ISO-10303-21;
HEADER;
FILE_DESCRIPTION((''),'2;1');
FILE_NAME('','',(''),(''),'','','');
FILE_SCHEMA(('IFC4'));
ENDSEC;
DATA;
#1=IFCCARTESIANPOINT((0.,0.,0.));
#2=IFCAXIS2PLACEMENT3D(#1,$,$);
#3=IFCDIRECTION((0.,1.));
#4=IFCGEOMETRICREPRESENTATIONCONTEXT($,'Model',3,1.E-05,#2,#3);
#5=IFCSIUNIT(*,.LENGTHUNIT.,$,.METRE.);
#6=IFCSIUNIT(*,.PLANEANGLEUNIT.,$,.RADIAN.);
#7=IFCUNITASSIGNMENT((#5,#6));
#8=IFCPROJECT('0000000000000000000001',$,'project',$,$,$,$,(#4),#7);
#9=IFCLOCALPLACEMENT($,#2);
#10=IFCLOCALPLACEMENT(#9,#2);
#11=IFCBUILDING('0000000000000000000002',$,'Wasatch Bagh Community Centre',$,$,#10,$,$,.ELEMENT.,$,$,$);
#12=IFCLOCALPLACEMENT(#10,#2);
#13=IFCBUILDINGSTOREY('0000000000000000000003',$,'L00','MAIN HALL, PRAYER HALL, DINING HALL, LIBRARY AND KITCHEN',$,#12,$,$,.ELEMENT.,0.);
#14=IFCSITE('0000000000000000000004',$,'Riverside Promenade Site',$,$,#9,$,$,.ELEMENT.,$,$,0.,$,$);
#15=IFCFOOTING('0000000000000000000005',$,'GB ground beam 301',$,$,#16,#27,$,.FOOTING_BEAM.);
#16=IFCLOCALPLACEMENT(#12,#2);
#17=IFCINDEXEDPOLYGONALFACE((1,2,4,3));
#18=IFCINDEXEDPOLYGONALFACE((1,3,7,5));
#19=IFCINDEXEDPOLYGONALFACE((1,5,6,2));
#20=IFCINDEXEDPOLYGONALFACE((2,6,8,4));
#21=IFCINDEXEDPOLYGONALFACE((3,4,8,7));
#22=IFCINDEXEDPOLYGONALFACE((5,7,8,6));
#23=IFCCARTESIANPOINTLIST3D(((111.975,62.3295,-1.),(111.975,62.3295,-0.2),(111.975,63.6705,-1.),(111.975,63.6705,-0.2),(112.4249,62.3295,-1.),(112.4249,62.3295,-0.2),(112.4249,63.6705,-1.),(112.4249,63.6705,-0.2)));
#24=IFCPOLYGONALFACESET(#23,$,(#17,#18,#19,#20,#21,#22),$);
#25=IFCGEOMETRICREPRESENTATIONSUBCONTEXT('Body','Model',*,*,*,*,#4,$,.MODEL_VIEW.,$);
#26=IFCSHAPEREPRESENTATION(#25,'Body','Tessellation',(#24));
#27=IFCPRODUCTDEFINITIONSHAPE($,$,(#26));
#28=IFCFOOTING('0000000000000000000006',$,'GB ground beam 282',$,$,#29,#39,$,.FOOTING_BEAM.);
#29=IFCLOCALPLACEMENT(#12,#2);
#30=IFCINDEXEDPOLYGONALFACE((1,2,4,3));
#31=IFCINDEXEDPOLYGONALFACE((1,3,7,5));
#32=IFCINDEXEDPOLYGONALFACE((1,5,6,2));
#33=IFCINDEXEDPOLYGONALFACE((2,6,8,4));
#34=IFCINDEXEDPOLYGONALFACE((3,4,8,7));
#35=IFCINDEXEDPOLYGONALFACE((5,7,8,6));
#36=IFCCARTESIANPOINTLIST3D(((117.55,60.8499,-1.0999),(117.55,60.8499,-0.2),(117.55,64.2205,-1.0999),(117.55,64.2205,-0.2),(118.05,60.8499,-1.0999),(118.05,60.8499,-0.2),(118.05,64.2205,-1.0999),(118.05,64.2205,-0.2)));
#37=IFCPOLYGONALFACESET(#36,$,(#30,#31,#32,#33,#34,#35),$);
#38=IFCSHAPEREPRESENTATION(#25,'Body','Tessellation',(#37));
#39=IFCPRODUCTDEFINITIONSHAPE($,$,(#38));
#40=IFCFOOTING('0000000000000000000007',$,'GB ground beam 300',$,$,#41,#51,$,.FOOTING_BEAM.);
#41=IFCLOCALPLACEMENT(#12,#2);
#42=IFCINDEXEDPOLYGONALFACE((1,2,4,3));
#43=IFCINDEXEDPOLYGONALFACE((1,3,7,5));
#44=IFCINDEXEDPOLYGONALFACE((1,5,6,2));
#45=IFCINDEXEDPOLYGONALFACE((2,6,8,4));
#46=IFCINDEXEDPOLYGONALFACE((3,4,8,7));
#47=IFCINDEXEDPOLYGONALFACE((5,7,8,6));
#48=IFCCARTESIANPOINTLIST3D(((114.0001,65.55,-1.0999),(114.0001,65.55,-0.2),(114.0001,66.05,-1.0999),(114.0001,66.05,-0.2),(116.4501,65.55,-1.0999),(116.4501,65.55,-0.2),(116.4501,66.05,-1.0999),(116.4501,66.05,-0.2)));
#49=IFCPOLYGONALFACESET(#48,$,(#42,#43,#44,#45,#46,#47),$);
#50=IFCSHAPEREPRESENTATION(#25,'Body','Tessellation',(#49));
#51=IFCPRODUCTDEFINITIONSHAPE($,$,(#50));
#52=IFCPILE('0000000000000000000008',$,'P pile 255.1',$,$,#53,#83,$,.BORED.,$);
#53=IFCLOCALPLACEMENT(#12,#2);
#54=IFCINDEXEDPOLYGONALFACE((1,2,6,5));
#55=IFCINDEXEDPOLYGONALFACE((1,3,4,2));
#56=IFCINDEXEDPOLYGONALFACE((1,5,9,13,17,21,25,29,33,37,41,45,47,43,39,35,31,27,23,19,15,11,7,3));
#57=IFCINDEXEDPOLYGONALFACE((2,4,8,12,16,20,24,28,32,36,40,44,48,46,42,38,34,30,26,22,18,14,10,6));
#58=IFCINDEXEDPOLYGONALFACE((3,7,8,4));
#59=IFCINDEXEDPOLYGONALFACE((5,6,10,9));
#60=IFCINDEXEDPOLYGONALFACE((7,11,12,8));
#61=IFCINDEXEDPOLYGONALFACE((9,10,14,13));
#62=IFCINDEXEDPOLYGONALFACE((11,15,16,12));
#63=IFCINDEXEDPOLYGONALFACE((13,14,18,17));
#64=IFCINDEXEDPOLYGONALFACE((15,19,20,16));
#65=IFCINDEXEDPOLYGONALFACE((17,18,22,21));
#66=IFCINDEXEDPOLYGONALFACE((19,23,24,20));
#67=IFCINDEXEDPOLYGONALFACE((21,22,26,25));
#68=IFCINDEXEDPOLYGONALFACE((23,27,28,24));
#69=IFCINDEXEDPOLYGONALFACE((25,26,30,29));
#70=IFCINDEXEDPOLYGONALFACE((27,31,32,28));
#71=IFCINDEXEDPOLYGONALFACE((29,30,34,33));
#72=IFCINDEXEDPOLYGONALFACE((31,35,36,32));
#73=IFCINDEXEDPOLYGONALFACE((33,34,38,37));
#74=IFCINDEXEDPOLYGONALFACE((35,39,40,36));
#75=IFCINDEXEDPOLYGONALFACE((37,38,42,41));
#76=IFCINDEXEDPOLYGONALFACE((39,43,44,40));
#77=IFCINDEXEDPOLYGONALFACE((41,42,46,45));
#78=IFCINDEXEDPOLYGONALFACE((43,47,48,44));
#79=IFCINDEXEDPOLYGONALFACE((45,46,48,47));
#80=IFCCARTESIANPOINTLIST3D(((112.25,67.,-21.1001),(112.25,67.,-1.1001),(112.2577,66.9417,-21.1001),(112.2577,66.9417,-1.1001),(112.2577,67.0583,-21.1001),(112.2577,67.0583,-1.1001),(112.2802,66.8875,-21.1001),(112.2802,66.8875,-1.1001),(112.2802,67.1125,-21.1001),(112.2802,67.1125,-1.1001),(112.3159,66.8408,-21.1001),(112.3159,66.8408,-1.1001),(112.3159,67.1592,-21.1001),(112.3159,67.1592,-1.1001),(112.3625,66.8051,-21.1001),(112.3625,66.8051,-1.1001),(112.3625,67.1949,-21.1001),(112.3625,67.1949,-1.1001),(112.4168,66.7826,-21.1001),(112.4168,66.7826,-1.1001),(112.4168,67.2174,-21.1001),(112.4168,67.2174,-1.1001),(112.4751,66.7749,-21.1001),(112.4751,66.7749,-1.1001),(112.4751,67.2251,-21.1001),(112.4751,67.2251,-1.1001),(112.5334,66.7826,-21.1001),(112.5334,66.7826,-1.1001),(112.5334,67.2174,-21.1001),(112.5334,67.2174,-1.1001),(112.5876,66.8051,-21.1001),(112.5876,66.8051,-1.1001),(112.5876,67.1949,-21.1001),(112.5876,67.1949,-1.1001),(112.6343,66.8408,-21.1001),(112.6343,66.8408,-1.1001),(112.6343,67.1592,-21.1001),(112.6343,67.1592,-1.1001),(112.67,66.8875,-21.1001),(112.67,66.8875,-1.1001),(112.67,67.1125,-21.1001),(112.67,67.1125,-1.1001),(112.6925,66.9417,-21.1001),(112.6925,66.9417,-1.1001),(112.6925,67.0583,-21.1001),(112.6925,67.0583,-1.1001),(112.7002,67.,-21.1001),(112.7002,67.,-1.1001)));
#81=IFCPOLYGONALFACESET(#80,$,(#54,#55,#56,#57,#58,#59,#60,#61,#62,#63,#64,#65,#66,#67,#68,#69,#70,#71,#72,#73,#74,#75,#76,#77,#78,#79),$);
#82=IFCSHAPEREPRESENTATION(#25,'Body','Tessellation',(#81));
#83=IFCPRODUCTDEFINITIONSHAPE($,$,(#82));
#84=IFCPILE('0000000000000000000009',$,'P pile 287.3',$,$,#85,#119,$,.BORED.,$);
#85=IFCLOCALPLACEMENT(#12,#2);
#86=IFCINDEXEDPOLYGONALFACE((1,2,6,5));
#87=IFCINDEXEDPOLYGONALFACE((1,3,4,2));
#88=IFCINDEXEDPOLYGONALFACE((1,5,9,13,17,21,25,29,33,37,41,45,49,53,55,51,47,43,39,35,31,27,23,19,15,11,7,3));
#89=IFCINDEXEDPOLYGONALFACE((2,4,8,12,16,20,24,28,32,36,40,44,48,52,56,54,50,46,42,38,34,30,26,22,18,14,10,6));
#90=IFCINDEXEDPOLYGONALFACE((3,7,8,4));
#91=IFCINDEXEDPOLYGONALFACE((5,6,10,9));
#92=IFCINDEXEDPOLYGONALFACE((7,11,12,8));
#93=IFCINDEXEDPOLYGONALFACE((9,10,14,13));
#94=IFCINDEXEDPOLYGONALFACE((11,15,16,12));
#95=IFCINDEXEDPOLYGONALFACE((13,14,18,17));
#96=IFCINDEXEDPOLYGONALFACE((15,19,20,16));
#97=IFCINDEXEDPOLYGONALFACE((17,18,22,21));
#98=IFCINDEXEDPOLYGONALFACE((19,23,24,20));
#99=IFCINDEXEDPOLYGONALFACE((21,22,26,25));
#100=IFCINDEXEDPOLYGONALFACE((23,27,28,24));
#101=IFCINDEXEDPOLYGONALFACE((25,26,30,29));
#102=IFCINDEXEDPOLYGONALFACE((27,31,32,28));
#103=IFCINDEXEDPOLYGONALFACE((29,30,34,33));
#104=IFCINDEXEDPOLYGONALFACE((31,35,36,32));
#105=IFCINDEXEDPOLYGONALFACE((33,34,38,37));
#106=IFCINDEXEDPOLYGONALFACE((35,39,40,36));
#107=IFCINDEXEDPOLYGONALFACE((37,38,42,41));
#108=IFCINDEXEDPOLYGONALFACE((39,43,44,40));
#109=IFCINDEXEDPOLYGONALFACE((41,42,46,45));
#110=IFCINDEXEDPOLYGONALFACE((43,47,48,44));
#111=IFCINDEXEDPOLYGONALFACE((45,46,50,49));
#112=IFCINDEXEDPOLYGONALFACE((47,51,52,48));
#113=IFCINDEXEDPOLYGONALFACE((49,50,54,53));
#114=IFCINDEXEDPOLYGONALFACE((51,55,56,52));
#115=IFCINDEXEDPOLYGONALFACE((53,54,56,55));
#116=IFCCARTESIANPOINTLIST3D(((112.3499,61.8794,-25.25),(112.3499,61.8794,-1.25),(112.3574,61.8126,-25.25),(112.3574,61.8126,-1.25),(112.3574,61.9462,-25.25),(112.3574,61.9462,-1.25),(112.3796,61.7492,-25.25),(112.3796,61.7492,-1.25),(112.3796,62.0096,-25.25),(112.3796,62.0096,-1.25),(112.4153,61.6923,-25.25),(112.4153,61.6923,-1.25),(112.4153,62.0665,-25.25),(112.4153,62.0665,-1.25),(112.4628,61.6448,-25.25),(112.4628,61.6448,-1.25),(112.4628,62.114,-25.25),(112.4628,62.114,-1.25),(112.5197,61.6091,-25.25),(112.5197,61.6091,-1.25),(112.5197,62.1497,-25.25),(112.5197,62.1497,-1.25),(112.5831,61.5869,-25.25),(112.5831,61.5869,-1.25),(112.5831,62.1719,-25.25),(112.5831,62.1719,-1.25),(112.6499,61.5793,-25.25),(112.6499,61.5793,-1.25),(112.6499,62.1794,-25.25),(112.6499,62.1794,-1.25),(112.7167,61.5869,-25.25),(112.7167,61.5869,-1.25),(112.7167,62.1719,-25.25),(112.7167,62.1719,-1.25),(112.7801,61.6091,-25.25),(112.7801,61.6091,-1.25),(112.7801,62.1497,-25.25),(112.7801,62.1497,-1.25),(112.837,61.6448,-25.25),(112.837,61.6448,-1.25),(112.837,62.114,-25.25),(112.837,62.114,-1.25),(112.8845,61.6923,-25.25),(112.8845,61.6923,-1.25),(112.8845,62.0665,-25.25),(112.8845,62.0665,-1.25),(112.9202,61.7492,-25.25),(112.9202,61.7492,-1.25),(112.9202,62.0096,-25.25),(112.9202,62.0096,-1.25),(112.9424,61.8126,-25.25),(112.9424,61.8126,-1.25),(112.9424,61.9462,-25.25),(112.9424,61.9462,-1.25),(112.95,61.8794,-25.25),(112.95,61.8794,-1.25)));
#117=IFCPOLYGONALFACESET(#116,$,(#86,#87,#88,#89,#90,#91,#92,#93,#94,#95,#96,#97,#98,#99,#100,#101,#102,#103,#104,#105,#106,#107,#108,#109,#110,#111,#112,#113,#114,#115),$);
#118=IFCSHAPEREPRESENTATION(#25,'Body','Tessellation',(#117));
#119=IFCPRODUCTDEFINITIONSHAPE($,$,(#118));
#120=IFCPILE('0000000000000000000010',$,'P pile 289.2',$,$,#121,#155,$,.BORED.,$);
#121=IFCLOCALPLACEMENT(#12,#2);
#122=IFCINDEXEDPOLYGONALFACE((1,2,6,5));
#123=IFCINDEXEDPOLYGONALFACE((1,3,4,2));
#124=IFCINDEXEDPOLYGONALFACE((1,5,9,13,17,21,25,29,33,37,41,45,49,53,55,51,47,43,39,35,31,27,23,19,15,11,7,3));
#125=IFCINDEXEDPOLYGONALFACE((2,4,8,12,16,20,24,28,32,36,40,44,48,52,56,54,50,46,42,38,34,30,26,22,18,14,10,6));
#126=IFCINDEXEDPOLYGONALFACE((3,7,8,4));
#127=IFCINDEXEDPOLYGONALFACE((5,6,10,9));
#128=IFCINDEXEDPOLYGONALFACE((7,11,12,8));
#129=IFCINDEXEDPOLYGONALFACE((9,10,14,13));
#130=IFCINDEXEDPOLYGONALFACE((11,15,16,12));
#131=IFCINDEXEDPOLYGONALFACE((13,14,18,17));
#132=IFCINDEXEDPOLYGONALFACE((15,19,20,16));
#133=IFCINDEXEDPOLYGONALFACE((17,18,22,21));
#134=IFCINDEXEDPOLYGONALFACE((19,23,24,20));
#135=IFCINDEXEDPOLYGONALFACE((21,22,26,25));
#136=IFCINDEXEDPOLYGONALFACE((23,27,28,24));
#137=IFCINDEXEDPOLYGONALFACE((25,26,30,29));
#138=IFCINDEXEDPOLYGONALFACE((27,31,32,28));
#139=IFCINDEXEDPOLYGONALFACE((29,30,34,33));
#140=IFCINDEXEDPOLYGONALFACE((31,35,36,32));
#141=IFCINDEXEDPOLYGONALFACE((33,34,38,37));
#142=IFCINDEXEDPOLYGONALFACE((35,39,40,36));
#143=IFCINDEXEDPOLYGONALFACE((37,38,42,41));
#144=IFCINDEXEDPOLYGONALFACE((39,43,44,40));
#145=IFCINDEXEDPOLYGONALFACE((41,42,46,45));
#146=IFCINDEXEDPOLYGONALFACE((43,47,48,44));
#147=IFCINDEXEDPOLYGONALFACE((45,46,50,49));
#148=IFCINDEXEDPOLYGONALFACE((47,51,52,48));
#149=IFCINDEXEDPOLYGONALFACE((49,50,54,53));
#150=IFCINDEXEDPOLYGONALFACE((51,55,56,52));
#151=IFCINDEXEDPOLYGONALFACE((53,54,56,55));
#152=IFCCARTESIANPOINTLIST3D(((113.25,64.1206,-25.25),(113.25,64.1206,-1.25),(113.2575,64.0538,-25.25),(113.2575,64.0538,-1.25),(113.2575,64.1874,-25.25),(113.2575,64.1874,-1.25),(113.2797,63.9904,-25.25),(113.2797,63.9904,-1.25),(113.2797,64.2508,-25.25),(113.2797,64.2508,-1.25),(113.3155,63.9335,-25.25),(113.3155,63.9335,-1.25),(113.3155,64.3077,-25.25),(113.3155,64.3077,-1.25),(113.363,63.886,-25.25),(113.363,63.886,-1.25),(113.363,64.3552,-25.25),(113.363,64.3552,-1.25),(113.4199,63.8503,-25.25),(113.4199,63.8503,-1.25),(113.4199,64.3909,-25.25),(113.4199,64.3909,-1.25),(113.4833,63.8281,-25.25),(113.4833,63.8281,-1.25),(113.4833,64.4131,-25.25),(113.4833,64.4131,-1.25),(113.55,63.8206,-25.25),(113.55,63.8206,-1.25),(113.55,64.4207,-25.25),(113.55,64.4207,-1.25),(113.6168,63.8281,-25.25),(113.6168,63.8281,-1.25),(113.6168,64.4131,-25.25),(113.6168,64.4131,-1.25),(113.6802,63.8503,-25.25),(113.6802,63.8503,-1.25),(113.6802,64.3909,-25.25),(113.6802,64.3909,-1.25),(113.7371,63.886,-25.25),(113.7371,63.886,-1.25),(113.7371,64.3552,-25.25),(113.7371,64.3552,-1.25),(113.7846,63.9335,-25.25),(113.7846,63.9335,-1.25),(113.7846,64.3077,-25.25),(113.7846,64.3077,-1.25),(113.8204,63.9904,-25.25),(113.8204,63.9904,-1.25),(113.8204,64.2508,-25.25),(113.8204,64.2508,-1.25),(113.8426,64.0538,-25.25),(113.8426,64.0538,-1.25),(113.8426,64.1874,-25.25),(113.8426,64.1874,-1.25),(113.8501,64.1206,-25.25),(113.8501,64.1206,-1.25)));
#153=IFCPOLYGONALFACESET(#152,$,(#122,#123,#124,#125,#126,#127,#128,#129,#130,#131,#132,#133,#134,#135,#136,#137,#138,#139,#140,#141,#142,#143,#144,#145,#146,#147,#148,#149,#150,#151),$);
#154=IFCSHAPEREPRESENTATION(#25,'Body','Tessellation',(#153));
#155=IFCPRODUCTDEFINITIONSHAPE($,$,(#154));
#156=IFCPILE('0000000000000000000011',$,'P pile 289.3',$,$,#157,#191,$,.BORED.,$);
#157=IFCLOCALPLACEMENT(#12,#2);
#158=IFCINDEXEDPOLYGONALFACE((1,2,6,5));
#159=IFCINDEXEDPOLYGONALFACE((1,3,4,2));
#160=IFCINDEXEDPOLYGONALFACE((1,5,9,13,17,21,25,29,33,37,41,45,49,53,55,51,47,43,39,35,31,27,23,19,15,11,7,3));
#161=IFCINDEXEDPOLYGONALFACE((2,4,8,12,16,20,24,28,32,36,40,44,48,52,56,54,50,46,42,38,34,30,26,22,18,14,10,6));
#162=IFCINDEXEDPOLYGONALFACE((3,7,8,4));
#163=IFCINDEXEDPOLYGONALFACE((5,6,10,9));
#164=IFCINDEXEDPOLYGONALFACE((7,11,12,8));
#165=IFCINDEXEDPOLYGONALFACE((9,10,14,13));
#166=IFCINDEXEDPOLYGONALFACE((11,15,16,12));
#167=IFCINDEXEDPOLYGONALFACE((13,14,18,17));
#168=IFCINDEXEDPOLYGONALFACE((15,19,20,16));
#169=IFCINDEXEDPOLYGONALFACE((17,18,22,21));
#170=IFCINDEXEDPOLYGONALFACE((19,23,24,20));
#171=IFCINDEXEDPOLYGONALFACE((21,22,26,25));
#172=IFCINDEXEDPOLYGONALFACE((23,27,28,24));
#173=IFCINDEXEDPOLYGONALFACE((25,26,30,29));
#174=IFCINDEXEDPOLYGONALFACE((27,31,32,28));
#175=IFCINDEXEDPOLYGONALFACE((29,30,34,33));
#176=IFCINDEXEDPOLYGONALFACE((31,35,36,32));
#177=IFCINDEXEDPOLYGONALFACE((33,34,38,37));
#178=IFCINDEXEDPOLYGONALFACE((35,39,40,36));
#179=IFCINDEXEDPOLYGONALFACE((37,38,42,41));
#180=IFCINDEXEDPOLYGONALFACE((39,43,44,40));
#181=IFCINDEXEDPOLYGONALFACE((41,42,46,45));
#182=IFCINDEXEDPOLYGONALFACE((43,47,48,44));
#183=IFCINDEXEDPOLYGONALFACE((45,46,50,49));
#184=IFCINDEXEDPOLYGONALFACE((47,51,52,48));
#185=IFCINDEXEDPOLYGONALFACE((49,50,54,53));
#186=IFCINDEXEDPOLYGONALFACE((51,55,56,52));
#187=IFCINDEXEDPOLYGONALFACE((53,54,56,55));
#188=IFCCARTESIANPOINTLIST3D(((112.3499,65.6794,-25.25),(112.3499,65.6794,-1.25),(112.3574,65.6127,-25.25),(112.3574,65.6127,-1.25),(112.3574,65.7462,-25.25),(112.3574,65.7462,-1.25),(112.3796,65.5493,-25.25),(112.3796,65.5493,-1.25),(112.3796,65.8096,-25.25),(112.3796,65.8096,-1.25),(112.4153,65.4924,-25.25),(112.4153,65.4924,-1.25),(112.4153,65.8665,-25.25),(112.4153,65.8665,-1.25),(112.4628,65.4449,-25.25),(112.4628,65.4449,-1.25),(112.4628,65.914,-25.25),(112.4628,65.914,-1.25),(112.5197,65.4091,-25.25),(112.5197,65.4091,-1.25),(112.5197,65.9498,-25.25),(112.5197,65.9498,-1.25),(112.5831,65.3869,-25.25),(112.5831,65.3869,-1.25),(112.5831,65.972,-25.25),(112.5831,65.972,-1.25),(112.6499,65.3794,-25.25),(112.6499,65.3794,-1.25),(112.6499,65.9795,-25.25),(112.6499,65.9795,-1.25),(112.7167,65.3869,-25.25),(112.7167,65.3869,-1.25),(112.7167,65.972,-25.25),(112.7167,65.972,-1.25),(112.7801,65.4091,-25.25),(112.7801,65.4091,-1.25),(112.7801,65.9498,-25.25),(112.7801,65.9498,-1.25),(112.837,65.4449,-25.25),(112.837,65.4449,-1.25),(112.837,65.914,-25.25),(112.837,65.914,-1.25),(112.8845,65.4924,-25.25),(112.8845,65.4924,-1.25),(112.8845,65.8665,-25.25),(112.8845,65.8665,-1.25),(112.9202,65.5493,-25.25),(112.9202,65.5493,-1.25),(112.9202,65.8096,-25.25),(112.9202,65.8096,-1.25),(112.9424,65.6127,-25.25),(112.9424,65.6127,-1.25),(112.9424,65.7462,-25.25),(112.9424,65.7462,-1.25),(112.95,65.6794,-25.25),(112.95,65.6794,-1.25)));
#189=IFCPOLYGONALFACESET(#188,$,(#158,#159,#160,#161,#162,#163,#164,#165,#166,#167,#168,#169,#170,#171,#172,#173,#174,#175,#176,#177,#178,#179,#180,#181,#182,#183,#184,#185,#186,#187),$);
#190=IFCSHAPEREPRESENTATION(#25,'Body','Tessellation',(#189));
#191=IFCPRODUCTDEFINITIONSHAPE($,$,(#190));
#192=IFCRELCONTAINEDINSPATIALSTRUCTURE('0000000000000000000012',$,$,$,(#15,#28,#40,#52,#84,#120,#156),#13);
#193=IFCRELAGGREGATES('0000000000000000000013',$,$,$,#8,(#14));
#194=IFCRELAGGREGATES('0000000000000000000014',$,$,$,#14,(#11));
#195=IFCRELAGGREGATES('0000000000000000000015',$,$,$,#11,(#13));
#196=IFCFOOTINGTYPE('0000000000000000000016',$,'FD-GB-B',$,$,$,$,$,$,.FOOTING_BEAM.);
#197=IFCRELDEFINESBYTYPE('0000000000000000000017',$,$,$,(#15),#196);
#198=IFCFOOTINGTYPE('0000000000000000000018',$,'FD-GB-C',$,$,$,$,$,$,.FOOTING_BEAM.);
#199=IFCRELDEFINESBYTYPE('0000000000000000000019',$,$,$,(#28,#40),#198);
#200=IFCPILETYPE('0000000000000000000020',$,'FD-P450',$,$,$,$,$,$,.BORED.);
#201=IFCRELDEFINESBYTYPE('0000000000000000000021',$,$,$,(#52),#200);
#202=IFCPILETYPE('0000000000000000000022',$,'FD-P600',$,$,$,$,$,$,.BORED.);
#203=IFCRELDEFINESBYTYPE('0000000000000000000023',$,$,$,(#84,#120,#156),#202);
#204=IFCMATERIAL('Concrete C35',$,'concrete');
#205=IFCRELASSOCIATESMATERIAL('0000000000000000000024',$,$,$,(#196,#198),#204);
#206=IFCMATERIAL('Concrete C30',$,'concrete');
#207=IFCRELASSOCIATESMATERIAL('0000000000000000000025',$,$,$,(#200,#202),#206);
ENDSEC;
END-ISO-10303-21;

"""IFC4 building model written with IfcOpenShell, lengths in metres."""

from ifc_helpers import new_model, si_unit, direction, frame, origin, origin_2d, place, context, subcontext, project, spatial, rectangle, circle, extrude, material, material_profile, profile_set, type_object, element, save


model = new_model("IFC4")

# Units and contexts
model_context = context("Model", 3, precision=1e-05, world=origin(), true_north=direction((0.0, 1.0)))
body_context = subcontext(model_context, "Body", "Model", "MODEL_VIEW")
ifc_project = project(units=[si_unit("LENGTHUNIT", "METRE"), si_unit("PLANEANGLEUNIT", "RADIAN")], contexts=[model_context])

# Site, building, storey
site_placement = place(None, origin())
site = spatial("IfcSite", under=ifc_project, at=site_placement, Name="Riverside Promenade Site", CompositionType="ELEMENT", RefElevation=0.0)
building_placement = place(site_placement, origin())
building = spatial("IfcBuilding", under=site, at=building_placement, Name="Wasatch Bagh Community Centre", CompositionType="ELEMENT")
storey_placement = place(building_placement, origin())
storey = spatial("IfcBuildingStorey", under=building, at=storey_placement, Name="L00", Description="MAIN HALL, PRAYER HALL, DINING HALL, LIBRARY AND KITCHEN", CompositionType="ELEMENT", Elevation=0.0)

# Footings
ifc_material_1 = material(Name="Concrete C35", Category="concrete")
footing_type_1 = type_object("IfcFootingType", Name="FD-GB-B", PredefinedType="FOOTING_BEAM", material=ifc_material_1)
footing_1_placement = place(storey_placement, frame((112.2, 63.0, -1.0), z_axis=(0.0, 0.0, 1.0), x_axis=(0.0, -1.0, 0.0)))
element("IfcFooting", 1, at=footing_1_placement, inside=storey, type_object=footing_type_1, Name="GB ground beam 301", PredefinedType="FOOTING_BEAM", context=body_context, shape_type="SweptSolid", body=[
    extrude(rectangle(XDim=1.3411, YDim=0.45, at=origin_2d()), origin(), (0.0, 0.0, 1.0), 0.8),
])
footing_type_2 = type_object("IfcFootingType", Name="FD-GB-C", PredefinedType="FOOTING_BEAM", material=ifc_material_1)
footing_2_placement = place(storey_placement, frame((117.8, 62.5352, -1.0999), z_axis=(0.0, 0.0, 1.0), x_axis=(0.0, 1.0, 0.0)))
element("IfcFooting", 2, at=footing_2_placement, inside=storey, type_object=footing_type_2, Name="GB ground beam 282", PredefinedType="FOOTING_BEAM", context=body_context, shape_type="SweptSolid", body=[
    extrude(rectangle(XDim=3.3706, YDim=0.5, at=origin_2d()), origin(), (0.0, 0.0, 1.0), 0.8999),
])
footing_3_placement = place(storey_placement, frame((115.2251, 65.8, -1.0999), z_axis=(0.0, 0.0, 1.0), x_axis=(1.0, 0.0, 0.0)))
element("IfcFooting", 3, at=footing_3_placement, inside=storey, type_object=footing_type_2, Name="GB ground beam 300", PredefinedType="FOOTING_BEAM", context=body_context, shape_type="SweptSolid", body=[
    extrude(rectangle(XDim=2.45, YDim=0.5, at=origin_2d()), origin(), (0.0, 0.0, 1.0), 0.8999),
])

# Piles
ifc_material_2 = material(Name="Concrete C30", Category="concrete")
ifc_material_profile_1 = material_profile(ifc_material_2, circle(Radius=0.2251, at=origin_2d()), Name="RC D450")
ifc_profile_set_1 = profile_set([ifc_material_profile_1], Name="Concrete C30")
pile_type_1 = type_object("IfcPileType", Name="FD-P450", PredefinedType="BORED", material=ifc_profile_set_1)
pile_placement = place(storey_placement, frame((112.4751, 67.0, -1.1001), z_axis=(0.0, 0.0, -1.0), x_axis=(1.0, 0.0, 0.0)))
element("IfcPile", 4, at=pile_placement, inside=storey, type_object=pile_type_1, Name="P pile 255.1", PredefinedType="BORED", context=body_context, shape_type="SweptSolid", body=[
    extrude(circle(Radius=0.2251, at=origin_2d()), origin(), (0.0, 0.0, 1.0), 20.0),
])
ifc_material_profile_2 = material_profile(ifc_material_2, circle(Radius=0.3, at=origin_2d()), Name="RC D600")
ifc_profile_set_2 = profile_set([ifc_material_profile_2], Name="Concrete C30")
pile_type_2 = type_object("IfcPileType", Name="FD-P600", PredefinedType="BORED", material=ifc_profile_set_2)
for number, where, z_axis, x_axis, name in (
    (5, (112.6499, 61.8794, -1.25), (0.0, 0.0, -1.0), (1.0, 0.0, 0.0), "P pile 287.3"),
    (6, (113.55, 64.1206, -1.25), (0.0, 0.0, -1.0), (1.0, 0.0, 0.0), "P pile 289.2"),
    (7, (112.6499, 65.6794, -1.25), (0.0, 0.0, -1.0), (1.0, 0.0, 0.0), "P pile 289.3"),
):
    element("IfcPile", number, at=place(storey_placement, frame(where, z_axis=z_axis, x_axis=x_axis)), inside=storey, type_object=pile_type_2, Name=name, PredefinedType="BORED", context=body_context, shape_type="SweptSolid", body=[
        extrude(circle(Radius=0.3, at=origin_2d()), origin(), (0.0, 0.0, 1.0), 24.0),
    ])

save(model, "model.ifc")
